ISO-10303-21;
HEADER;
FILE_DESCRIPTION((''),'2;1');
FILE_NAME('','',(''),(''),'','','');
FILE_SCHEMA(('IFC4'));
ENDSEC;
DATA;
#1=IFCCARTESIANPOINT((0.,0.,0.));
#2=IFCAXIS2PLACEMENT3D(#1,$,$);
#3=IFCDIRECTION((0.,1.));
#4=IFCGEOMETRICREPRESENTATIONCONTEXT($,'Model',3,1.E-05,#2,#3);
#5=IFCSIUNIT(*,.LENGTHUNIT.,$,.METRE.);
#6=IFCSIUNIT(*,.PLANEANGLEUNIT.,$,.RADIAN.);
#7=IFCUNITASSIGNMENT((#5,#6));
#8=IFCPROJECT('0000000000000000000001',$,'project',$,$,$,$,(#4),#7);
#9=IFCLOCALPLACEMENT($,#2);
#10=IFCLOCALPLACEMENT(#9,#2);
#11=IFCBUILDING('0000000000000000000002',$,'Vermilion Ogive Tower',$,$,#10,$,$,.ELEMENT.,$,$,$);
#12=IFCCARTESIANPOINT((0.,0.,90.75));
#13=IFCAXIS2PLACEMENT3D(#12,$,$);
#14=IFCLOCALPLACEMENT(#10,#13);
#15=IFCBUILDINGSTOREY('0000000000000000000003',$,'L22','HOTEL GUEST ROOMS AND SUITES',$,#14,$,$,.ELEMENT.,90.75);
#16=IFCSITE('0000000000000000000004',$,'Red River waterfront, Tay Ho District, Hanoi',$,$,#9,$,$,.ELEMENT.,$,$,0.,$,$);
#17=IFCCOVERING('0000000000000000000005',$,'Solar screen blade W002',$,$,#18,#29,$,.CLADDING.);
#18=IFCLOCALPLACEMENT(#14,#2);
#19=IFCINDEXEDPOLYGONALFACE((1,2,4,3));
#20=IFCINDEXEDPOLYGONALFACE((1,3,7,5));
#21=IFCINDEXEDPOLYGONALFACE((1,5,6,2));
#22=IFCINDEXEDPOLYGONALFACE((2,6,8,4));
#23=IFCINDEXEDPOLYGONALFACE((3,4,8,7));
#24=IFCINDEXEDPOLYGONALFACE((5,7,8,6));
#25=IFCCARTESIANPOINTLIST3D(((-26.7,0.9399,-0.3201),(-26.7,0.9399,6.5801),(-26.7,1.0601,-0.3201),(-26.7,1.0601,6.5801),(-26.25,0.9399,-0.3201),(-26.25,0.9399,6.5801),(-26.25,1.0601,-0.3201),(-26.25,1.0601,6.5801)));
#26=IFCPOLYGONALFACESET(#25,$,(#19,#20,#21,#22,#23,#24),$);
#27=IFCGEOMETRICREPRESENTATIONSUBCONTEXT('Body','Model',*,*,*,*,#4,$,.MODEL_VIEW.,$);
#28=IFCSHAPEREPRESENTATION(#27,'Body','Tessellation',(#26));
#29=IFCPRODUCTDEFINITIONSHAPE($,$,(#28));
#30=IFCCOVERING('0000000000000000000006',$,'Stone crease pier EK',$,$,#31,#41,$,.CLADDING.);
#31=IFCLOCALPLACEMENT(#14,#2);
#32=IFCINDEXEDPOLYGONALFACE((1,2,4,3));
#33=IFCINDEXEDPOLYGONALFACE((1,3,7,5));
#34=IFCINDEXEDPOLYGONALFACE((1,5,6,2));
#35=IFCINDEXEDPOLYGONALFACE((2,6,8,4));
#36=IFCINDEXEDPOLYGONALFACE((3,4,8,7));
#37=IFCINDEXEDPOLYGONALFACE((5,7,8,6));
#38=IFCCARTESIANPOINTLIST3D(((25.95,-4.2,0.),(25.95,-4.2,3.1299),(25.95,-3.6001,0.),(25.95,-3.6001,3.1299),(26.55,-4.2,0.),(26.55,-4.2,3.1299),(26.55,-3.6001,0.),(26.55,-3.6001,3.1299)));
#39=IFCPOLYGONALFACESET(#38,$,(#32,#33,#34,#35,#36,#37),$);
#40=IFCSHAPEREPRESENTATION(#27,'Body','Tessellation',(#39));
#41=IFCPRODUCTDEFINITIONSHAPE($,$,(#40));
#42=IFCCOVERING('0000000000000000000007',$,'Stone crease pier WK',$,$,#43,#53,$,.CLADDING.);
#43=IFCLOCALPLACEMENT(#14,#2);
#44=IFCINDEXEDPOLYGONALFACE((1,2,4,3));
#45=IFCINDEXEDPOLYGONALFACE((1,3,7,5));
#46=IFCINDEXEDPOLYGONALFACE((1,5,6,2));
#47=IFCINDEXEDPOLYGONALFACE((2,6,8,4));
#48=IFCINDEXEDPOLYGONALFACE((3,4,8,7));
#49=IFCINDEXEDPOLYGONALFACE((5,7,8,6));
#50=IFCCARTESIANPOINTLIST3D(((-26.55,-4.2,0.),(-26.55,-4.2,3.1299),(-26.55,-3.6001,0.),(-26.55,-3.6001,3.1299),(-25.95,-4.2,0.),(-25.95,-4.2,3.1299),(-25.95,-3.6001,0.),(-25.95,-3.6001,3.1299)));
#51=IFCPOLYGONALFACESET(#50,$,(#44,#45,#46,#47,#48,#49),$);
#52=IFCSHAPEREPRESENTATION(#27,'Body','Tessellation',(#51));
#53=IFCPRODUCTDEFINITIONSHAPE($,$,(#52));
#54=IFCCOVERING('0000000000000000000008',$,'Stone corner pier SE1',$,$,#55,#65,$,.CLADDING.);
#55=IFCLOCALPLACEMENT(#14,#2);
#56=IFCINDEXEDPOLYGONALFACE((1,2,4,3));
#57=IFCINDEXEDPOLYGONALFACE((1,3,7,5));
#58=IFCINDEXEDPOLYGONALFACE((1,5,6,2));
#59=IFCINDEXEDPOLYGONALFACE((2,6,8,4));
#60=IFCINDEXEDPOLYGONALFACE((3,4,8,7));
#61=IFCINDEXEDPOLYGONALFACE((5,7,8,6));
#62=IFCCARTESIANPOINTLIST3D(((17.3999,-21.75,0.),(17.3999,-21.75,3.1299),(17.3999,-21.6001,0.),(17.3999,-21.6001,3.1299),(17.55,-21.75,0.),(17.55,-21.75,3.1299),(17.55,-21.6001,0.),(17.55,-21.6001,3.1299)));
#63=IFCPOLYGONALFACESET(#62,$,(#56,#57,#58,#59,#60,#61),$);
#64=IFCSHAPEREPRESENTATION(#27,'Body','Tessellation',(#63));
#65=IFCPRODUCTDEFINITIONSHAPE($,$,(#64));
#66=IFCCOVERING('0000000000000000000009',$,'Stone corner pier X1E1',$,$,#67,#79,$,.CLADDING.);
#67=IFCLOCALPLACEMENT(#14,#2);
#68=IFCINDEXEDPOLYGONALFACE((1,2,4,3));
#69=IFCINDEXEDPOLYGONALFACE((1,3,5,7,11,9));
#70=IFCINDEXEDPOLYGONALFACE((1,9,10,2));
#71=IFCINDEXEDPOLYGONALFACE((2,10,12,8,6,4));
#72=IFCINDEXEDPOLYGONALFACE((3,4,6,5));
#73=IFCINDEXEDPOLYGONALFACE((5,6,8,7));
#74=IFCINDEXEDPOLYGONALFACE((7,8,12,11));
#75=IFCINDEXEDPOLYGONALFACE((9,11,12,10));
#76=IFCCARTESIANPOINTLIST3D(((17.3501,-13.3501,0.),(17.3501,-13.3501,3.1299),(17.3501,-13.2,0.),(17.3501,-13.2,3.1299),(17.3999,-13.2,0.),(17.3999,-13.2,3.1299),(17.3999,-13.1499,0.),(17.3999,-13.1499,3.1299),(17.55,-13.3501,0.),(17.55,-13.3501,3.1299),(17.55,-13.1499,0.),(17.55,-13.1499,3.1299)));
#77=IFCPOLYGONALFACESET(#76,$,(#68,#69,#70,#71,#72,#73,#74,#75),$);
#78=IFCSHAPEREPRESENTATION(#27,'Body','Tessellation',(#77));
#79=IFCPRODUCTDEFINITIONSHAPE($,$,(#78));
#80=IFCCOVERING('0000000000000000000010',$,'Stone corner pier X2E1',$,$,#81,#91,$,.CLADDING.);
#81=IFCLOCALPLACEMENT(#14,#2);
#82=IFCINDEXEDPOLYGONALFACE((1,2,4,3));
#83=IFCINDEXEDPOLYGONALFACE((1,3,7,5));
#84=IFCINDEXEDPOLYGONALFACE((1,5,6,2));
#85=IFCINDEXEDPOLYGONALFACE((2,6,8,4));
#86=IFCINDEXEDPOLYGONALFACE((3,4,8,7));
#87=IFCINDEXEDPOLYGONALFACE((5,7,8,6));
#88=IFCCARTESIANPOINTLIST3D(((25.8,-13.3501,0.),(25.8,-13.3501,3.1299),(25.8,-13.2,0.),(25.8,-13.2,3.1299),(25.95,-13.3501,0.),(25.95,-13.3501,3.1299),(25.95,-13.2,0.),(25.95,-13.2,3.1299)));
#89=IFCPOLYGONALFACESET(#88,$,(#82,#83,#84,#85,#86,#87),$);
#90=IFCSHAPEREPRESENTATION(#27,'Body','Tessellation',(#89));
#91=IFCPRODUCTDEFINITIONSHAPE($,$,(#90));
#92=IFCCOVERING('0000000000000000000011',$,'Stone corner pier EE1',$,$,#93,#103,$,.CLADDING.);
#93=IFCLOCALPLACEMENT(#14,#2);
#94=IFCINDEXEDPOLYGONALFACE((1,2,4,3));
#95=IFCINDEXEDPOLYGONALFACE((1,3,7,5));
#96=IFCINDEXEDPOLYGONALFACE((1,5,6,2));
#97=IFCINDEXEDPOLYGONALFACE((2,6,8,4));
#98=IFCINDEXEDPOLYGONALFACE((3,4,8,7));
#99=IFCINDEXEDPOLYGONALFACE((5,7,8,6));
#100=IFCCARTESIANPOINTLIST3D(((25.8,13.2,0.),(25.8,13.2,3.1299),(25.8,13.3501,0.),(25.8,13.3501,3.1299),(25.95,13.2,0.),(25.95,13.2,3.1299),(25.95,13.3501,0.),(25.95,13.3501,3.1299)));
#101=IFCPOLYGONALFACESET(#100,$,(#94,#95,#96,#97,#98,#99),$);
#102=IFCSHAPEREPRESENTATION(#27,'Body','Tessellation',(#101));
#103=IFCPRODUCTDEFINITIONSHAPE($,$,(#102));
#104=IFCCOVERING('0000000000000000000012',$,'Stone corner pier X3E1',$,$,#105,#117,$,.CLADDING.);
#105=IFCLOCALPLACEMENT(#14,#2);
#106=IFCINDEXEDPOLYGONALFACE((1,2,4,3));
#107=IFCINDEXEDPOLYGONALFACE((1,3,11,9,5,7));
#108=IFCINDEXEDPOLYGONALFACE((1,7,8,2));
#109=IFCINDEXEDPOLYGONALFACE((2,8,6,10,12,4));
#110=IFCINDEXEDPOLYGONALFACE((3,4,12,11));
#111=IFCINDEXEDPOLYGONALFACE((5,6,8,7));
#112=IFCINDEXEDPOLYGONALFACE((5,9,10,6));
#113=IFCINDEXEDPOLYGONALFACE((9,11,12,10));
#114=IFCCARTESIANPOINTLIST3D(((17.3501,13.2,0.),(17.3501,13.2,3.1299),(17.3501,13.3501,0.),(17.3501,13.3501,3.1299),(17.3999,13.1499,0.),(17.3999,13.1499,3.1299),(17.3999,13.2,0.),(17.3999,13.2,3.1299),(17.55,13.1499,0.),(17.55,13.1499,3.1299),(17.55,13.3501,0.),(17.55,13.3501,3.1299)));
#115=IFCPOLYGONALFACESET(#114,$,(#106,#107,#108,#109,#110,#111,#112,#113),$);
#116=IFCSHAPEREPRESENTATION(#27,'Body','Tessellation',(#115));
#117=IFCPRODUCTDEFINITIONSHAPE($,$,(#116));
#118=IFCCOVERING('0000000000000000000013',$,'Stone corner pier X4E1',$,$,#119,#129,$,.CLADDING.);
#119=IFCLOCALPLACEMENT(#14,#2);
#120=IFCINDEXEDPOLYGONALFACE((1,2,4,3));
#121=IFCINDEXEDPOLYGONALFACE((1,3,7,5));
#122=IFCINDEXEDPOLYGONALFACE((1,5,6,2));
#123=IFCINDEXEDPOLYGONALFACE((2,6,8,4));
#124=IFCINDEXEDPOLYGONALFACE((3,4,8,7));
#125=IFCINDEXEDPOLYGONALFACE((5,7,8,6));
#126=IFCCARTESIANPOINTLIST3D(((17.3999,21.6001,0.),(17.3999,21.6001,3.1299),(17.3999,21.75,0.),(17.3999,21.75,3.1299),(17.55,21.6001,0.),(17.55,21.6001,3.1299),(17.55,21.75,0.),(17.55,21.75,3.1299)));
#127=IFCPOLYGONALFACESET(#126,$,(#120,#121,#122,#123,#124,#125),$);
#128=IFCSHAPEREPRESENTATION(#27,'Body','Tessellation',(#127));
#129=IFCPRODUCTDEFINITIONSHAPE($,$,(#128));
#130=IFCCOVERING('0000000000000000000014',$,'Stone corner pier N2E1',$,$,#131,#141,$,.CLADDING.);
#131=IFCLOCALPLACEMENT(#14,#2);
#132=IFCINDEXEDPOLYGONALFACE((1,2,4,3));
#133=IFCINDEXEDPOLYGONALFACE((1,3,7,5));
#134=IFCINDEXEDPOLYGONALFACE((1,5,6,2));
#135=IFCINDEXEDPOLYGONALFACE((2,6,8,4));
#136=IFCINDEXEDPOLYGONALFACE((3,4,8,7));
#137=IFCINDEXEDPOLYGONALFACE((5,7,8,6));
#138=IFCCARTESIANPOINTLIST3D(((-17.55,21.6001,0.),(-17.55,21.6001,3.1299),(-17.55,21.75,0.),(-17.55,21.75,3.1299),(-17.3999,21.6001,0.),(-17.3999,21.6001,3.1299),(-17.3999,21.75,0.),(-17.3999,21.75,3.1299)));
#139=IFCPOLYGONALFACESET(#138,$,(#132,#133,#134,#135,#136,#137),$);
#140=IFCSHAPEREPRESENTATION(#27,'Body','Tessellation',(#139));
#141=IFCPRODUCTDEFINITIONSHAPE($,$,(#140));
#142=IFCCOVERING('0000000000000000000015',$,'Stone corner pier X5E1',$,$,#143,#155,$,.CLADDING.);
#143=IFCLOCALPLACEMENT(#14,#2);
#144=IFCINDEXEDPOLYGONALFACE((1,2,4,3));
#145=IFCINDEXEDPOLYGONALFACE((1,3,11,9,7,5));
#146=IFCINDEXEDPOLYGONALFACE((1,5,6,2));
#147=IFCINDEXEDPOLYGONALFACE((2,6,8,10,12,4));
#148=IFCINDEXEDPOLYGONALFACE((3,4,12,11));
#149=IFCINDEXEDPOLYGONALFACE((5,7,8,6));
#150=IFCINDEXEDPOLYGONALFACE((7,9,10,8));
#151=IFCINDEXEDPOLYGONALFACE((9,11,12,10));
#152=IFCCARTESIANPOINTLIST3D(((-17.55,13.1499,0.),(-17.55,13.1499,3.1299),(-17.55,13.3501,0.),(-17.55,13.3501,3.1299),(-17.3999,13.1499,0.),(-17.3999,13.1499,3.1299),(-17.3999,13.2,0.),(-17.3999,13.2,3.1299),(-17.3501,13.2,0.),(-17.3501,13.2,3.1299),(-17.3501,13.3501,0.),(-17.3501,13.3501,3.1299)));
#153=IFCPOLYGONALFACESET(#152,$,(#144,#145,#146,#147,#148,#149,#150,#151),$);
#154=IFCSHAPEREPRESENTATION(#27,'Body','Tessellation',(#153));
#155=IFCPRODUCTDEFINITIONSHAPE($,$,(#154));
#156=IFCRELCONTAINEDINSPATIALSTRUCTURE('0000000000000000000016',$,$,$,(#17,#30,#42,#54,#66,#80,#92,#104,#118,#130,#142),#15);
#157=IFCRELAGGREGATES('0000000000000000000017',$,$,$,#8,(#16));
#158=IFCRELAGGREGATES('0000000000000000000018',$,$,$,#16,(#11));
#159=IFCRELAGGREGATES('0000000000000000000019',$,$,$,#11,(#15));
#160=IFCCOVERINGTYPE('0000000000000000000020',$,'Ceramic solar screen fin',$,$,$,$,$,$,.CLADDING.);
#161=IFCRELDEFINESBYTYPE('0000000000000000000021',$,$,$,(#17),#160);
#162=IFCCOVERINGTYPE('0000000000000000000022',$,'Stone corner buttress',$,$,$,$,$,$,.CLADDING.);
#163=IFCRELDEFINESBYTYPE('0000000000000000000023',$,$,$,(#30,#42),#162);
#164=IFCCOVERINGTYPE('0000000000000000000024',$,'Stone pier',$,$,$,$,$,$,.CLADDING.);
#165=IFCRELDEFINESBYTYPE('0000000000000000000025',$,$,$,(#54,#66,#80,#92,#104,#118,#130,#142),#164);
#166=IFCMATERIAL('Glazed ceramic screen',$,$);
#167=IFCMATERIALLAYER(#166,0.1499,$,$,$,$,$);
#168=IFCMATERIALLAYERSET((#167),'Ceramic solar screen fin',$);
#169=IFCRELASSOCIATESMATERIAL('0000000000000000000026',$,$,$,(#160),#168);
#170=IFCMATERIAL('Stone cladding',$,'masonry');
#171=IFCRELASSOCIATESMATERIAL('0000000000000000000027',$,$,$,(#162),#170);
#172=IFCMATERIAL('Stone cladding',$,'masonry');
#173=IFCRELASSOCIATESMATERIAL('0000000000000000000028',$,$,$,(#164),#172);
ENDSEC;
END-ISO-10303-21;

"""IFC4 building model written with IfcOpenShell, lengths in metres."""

from ifc_helpers import new_model, si_unit, direction, frame, origin, place, context, subcontext, project, spatial, polyline, outline, extrude, material, layer, layer_set, type_object, element, save


model = new_model("IFC4")

# Units and contexts
model_context = context("Model", 3, precision=1e-05, world=origin(), true_north=direction((0.0, 1.0)))
body_context = subcontext(model_context, "Body", "Model", "MODEL_VIEW")
ifc_project = project(units=[si_unit("LENGTHUNIT", "METRE"), si_unit("PLANEANGLEUNIT", "RADIAN")], contexts=[model_context])

# Site, building, storey
site_placement = place(None, origin())
site = spatial("IfcSite", under=ifc_project, at=site_placement, Name="Red River waterfront, Tay Ho District, Hanoi", CompositionType="ELEMENT", RefElevation=0.0)
building_placement = place(site_placement, origin())
building = spatial("IfcBuilding", under=site, at=building_placement, Name="Vermilion Ogive Tower", CompositionType="ELEMENT")
storey_placement = place(building_placement, frame((0.0, 0.0, 90.75)))
storey = spatial("IfcBuildingStorey", under=building, at=storey_placement, Name="L22", Description="HOTEL GUEST ROOMS AND SUITES", CompositionType="ELEMENT", Elevation=90.75)

# Coverings
ifc_material_1 = material(Name="Glazed ceramic screen")
ifc_layer_1 = layer(ifc_material_1, 0.1499)
ifc_layer_set_1 = layer_set([ifc_layer_1], Name="Ceramic solar screen fin")
covering_type_1 = type_object("IfcCoveringType", Name="Ceramic solar screen fin", PredefinedType="CLADDING", material=ifc_layer_set_1)
covering_1_placement = place(storey_placement, frame((0.0, 0.0, -0.3201)))
element("IfcCovering", 1, at=covering_1_placement, inside=storey, type_object=covering_type_1, Name="Solar screen blade W002", PredefinedType="CLADDING", context=body_context, shape_type="SweptSolid", body=[
    extrude(outline(polyline([(-26.7, 1.0601), (-26.7, 0.9399), (-26.25, 0.9399), (-26.25, 1.0601), (-26.7, 1.0601)])), origin(), (0.0, 0.0, 1.0), 6.9001),
])
ifc_material_2 = material(Name="Stone cladding", Category="masonry")
covering_type_2 = type_object("IfcCoveringType", Name="Stone corner buttress", PredefinedType="CLADDING", material=ifc_material_2)
covering_2_placement = place(storey_placement, origin())
element("IfcCovering", 2, at=covering_2_placement, inside=storey, type_object=covering_type_2, Name="Stone crease pier EK", PredefinedType="CLADDING", context=body_context, shape_type="SweptSolid", body=[
    extrude(outline(polyline([(26.55, -4.2), (26.55, -3.6001), (25.95, -3.6001), (25.95, -4.2), (26.55, -4.2)])), origin(), (0.0, 0.0, 1.0), 3.1299),
])
covering_3_placement = place(storey_placement, origin())
element("IfcCovering", 3, at=covering_3_placement, inside=storey, type_object=covering_type_2, Name="Stone crease pier WK", PredefinedType="CLADDING", context=body_context, shape_type="SweptSolid", body=[
    extrude(outline(polyline([(-26.55, -3.6001), (-26.55, -4.2), (-25.95, -4.2), (-25.95, -3.6001), (-26.55, -3.6001)])), origin(), (0.0, 0.0, 1.0), 3.1299),
])
ifc_material_3 = material(Name="Stone cladding", Category="masonry")
covering_type_3 = type_object("IfcCoveringType", Name="Stone pier", PredefinedType="CLADDING", material=ifc_material_3)
covering_4_placement = place(storey_placement, origin())
element("IfcCovering", 4, at=covering_4_placement, inside=storey, type_object=covering_type_3, Name="Stone corner pier SE1", PredefinedType="CLADDING", context=body_context, shape_type="SweptSolid", body=[
    extrude(outline(polyline([(17.3999, -21.75), (17.3999, -21.6001), (17.3999, -21.6001), (17.55, -21.6001), (17.55, -21.75), (17.3999, -21.75)])), origin(), (0.0, 0.0, 1.0), 3.1299),
])
covering_5_placement = place(storey_placement, origin())
element("IfcCovering", 5, at=covering_5_placement, inside=storey, type_object=covering_type_3, Name="Stone corner pier X1E1", PredefinedType="CLADDING", context=body_context, shape_type="SweptSolid", body=[
    extrude(outline(polyline([(17.3501, -13.2), (17.3999, -13.2), (17.3999, -13.1499), (17.55, -13.1499), (17.55, -13.3501), (17.3501, -13.3501), (17.3501, -13.2)])), origin(), (0.0, 0.0, 1.0), 3.1299),
])
covering_6_placement = place(storey_placement, origin())
element("IfcCovering", 6, at=covering_6_placement, inside=storey, type_object=covering_type_3, Name="Stone corner pier X2E1", PredefinedType="CLADDING", context=body_context, shape_type="SweptSolid", body=[
    extrude(outline(polyline([(25.8, -13.3501), (25.8, -13.2), (25.95, -13.2), (25.95, -13.3501), (25.8, -13.3501)])), origin(), (0.0, 0.0, 1.0), 3.1299),
])
covering_7_placement = place(storey_placement, origin())
element("IfcCovering", 7, at=covering_7_placement, inside=storey, type_object=covering_type_3, Name="Stone corner pier EE1", PredefinedType="CLADDING", context=body_context, shape_type="SweptSolid", body=[
    extrude(outline(polyline([(25.95, 13.2), (25.8, 13.2), (25.8, 13.3501), (25.95, 13.3501), (25.95, 13.2)])), origin(), (0.0, 0.0, 1.0), 3.1299),
])
covering_8_placement = place(storey_placement, origin())
element("IfcCovering", 8, at=covering_8_placement, inside=storey, type_object=covering_type_3, Name="Stone corner pier X3E1", PredefinedType="CLADDING", context=body_context, shape_type="SweptSolid", body=[
    extrude(outline(polyline([(17.3999, 13.1499), (17.3999, 13.2), (17.3501, 13.2), (17.3501, 13.3501), (17.55, 13.3501), (17.55, 13.1499), (17.3999, 13.1499)])), origin(), (0.0, 0.0, 1.0), 3.1299),
])
covering_9_placement = place(storey_placement, origin())
element("IfcCovering", 9, at=covering_9_placement, inside=storey, type_object=covering_type_3, Name="Stone corner pier X4E1", PredefinedType="CLADDING", context=body_context, shape_type="SweptSolid", body=[
    extrude(outline(polyline([(17.55, 21.6001), (17.3999, 21.6001), (17.3999, 21.6001), (17.3999, 21.75), (17.55, 21.75), (17.55, 21.6001)])), origin(), (0.0, 0.0, 1.0), 3.1299),
])
covering_10_placement = place(storey_placement, origin())
element("IfcCovering", 10, at=covering_10_placement, inside=storey, type_object=covering_type_3, Name="Stone corner pier N2E1", PredefinedType="CLADDING", context=body_context, shape_type="SweptSolid", body=[
    extrude(outline(polyline([(-17.3999, 21.75), (-17.3999, 21.6001), (-17.3999, 21.6001), (-17.55, 21.6001), (-17.55, 21.75), (-17.3999, 21.75)])), origin(), (0.0, 0.0, 1.0), 3.1299),
])
covering_11_placement = place(storey_placement, origin())
element("IfcCovering", 11, at=covering_11_placement, inside=storey, type_object=covering_type_3, Name="Stone corner pier X5E1", PredefinedType="CLADDING", context=body_context, shape_type="SweptSolid", body=[
    extrude(outline(polyline([(-17.3501, 13.2), (-17.3999, 13.2), (-17.3999, 13.1499), (-17.55, 13.1499), (-17.55, 13.3501), (-17.3501, 13.3501), (-17.3501, 13.2)])), origin(), (0.0, 0.0, 1.0), 3.1299),
])

save(model, "model.ifc")
